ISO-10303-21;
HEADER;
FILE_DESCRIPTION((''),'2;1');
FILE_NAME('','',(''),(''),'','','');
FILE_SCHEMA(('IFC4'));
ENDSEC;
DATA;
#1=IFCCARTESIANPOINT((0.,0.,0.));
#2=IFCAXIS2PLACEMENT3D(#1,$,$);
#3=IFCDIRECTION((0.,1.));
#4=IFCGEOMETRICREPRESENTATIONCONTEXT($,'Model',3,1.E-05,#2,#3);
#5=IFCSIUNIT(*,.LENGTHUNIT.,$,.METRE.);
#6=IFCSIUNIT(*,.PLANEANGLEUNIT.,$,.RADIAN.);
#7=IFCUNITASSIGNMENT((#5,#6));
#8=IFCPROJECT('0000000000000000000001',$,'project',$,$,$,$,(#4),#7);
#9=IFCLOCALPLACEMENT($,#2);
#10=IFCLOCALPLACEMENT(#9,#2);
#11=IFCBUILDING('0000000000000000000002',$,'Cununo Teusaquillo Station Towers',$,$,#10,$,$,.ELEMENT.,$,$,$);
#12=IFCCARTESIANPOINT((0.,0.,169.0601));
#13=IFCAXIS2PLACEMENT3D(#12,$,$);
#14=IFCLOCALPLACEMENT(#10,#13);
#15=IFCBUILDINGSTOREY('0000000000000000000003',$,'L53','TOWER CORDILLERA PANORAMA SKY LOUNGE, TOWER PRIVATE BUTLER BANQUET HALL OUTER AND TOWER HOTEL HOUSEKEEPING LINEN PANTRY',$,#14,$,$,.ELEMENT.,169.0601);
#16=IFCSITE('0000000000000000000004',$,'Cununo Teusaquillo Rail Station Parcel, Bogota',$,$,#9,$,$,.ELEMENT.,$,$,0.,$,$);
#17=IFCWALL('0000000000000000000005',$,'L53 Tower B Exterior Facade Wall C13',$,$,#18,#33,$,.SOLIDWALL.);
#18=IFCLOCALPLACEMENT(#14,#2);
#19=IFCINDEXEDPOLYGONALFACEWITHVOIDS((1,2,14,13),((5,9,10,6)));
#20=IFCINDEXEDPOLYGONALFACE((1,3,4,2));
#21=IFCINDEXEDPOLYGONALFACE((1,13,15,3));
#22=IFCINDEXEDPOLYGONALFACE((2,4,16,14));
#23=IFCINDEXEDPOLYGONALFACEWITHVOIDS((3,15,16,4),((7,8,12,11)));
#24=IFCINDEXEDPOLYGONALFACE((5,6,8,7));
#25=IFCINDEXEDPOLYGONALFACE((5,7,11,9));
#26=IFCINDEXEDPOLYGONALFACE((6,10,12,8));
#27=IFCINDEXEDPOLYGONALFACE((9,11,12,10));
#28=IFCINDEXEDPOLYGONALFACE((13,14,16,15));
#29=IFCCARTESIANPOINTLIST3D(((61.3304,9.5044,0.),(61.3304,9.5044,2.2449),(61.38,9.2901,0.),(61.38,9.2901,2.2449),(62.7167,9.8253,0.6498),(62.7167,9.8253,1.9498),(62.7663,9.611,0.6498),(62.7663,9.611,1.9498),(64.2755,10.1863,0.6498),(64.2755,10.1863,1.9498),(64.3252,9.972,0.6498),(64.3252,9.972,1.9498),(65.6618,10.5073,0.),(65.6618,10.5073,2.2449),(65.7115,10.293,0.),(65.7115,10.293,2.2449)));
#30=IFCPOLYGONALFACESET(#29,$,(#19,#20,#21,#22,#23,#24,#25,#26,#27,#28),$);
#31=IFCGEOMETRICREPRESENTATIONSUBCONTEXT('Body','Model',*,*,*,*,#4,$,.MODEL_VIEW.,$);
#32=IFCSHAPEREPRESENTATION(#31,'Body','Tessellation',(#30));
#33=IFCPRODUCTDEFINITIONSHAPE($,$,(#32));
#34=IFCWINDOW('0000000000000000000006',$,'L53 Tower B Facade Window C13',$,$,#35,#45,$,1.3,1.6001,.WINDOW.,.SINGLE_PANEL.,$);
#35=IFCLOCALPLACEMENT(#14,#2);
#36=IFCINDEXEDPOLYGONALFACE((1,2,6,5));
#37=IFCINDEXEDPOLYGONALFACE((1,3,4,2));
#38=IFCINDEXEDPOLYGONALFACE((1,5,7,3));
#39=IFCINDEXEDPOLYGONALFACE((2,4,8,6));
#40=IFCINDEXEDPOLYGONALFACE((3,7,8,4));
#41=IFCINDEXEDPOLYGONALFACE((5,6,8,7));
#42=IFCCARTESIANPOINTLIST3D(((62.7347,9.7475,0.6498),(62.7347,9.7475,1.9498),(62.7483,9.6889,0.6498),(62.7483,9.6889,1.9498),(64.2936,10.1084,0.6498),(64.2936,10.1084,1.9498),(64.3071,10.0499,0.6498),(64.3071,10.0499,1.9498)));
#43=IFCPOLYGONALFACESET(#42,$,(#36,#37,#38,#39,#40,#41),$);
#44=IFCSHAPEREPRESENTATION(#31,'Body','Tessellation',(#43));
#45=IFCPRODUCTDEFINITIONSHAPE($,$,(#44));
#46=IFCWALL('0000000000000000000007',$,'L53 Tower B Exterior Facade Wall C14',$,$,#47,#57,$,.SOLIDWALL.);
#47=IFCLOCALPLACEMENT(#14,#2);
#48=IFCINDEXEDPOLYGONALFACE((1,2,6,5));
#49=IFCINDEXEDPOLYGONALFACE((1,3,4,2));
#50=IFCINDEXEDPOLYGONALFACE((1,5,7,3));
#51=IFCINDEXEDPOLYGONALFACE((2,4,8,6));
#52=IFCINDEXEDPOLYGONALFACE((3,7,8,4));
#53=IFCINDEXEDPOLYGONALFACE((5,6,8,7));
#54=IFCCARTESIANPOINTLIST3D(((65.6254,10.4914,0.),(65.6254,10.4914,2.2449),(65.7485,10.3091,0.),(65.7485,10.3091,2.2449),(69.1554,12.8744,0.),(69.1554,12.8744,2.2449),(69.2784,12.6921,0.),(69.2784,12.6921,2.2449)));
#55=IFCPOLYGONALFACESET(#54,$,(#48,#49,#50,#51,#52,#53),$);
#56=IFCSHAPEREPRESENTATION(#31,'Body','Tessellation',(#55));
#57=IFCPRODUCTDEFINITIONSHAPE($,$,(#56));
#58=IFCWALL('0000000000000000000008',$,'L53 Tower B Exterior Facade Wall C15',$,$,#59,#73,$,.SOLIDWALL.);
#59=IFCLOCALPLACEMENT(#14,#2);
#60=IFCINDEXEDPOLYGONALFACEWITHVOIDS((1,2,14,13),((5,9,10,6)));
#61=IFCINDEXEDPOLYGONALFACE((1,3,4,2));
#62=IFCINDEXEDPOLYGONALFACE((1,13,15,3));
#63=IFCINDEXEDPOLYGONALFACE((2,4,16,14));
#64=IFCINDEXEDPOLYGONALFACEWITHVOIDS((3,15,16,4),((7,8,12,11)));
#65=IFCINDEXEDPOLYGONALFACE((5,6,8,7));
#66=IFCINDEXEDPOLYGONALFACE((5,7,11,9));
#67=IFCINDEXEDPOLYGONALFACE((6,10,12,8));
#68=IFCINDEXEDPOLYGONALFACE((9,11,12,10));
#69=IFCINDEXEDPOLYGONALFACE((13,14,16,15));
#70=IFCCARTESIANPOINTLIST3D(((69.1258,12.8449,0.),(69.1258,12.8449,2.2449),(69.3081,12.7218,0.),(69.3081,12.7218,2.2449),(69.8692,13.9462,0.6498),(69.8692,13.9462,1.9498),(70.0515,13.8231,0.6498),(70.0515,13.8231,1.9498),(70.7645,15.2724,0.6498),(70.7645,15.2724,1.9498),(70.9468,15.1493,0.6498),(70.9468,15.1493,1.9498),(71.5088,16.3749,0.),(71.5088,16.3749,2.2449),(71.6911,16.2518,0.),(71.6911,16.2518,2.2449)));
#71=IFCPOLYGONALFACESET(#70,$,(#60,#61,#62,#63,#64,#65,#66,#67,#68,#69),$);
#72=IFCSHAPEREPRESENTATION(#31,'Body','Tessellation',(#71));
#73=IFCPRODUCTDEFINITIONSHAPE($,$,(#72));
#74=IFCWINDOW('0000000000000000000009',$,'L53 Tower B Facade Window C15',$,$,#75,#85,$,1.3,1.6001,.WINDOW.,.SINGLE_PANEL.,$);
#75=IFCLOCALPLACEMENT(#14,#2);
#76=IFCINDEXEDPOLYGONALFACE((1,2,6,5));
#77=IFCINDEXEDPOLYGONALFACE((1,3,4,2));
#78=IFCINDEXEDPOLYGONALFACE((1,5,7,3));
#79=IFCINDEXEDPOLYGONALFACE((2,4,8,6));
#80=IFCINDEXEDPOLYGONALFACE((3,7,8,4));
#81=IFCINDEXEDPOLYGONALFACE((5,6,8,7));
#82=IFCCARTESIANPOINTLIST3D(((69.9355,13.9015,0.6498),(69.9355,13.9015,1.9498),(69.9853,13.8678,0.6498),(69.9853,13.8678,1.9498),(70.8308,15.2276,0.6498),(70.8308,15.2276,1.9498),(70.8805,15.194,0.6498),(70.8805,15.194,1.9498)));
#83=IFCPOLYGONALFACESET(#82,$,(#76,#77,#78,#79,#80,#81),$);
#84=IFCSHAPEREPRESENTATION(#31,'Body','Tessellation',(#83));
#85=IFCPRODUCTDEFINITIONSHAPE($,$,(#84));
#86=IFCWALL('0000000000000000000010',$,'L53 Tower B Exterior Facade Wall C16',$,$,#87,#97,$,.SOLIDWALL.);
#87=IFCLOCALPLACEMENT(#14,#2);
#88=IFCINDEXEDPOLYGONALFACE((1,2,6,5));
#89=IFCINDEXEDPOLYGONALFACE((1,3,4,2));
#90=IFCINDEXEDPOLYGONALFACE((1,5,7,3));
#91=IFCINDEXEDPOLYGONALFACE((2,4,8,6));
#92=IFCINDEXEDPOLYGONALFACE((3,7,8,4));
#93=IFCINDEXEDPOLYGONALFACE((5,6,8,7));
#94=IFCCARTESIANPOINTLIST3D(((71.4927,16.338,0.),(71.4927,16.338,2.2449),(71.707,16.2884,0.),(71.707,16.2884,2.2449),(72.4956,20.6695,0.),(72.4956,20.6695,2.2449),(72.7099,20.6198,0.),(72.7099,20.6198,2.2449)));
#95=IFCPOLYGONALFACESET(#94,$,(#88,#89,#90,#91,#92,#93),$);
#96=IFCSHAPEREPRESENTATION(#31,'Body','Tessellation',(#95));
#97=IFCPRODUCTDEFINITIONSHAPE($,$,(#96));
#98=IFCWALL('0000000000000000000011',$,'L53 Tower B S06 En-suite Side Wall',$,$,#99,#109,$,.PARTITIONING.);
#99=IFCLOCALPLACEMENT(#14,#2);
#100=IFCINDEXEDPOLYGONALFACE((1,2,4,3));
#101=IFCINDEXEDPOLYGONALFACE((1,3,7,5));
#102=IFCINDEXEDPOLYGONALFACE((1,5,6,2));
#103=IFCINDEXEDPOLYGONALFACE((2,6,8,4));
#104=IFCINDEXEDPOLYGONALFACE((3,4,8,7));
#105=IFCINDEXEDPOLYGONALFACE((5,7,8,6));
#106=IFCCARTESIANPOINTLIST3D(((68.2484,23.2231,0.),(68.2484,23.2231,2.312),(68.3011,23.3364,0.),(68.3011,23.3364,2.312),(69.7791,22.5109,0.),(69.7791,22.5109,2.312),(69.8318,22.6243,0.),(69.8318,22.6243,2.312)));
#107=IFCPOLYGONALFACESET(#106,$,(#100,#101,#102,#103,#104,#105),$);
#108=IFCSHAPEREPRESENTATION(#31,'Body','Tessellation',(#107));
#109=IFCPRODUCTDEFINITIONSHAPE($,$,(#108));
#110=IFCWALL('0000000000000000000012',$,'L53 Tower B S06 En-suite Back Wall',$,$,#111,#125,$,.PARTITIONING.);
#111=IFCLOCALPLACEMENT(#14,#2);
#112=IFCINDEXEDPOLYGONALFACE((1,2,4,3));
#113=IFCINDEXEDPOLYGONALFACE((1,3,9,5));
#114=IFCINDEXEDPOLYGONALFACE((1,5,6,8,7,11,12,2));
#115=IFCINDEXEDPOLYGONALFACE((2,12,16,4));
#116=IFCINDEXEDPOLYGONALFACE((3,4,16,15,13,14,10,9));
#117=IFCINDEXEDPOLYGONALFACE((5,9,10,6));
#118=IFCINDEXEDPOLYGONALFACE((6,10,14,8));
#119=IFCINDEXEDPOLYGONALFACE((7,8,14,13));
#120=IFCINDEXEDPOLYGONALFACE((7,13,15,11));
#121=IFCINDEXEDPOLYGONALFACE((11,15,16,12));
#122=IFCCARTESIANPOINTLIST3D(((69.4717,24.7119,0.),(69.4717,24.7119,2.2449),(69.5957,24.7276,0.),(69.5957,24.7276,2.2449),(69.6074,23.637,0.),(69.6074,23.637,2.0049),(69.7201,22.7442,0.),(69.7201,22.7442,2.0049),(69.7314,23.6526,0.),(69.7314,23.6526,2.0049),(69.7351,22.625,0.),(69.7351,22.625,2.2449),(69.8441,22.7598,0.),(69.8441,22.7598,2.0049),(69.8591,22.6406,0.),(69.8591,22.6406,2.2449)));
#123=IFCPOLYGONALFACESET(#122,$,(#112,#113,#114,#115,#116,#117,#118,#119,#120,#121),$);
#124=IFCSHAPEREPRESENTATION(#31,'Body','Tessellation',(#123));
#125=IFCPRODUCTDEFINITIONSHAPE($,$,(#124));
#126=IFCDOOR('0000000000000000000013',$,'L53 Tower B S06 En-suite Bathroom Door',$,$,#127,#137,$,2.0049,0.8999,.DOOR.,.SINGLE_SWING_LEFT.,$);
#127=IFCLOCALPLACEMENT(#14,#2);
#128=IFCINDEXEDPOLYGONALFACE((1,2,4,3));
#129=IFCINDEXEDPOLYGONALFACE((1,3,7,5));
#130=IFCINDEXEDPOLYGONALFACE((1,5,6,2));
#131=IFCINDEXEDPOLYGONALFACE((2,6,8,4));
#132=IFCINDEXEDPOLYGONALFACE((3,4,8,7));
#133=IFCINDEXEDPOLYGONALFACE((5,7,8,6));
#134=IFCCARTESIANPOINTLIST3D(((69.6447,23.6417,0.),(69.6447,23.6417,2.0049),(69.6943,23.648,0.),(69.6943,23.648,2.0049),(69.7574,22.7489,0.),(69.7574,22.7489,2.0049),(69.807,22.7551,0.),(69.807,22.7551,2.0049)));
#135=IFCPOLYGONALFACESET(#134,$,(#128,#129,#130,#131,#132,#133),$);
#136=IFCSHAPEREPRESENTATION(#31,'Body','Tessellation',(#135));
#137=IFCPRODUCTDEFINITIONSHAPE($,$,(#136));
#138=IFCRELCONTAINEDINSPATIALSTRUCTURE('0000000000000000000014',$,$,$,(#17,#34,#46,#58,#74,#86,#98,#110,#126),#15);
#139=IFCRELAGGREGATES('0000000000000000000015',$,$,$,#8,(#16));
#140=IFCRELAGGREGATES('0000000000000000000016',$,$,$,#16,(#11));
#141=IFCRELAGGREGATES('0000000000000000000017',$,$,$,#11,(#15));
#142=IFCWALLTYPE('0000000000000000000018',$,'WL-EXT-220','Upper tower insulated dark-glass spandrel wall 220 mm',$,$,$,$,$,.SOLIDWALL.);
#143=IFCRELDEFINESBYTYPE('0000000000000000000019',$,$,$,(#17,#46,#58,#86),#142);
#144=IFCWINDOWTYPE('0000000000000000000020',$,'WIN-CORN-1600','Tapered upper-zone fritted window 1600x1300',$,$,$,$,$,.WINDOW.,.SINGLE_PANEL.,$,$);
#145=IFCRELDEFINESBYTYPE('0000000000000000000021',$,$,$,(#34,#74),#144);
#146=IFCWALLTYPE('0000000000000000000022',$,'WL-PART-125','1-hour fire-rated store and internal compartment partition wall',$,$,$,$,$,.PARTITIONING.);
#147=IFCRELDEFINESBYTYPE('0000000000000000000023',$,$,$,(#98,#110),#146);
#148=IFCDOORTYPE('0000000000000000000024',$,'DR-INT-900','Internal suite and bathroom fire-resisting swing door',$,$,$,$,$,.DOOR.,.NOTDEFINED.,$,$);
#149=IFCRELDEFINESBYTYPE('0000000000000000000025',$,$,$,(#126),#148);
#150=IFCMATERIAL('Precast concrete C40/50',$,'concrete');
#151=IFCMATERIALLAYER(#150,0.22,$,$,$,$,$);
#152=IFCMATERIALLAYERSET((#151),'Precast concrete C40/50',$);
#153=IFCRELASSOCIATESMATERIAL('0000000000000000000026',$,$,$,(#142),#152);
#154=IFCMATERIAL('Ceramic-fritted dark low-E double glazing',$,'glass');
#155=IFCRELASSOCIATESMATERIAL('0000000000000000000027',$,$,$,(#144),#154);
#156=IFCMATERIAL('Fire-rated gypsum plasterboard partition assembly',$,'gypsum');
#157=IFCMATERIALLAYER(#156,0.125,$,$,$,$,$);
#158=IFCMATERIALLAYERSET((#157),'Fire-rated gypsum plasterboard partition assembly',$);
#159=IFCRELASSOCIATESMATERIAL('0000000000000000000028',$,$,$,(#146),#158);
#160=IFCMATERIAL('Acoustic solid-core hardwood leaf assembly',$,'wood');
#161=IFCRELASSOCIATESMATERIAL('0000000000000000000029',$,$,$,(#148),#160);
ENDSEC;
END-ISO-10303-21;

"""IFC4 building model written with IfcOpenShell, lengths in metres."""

from ifc_helpers import new_model, si_unit, direction, frame, frame_2d, origin, place, context, subcontext, project, spatial, rectangle, extrude, source, transform, mapped, material, layer, layer_set, type_object, element, fill, save


model = new_model("IFC4")

# Units and contexts
model_context = context("Model", 3, precision=1e-05, world=origin(), true_north=direction((0.0, 1.0)))
body_context = subcontext(model_context, "Body", "Model", "MODEL_VIEW")
ifc_project = project(units=[si_unit("LENGTHUNIT", "METRE"), si_unit("PLANEANGLEUNIT", "RADIAN")], contexts=[model_context])

# Site, building, storey
site_placement = place(None, origin())
site = spatial("IfcSite", under=ifc_project, at=site_placement, Name="Cununo Teusaquillo Rail Station Parcel, Bogota", CompositionType="ELEMENT", RefElevation=0.0)
building_placement = place(site_placement, origin())
building = spatial("IfcBuilding", under=site, at=building_placement, Name="Cununo Teusaquillo Station Towers", CompositionType="ELEMENT")
storey_placement = place(building_placement, frame((0.0, 0.0, 169.0601)))
storey = spatial("IfcBuildingStorey", under=building, at=storey_placement, Name="L53", Description="TOWER CORDILLERA PANORAMA SKY LOUNGE, TOWER PRIVATE BUTLER BANQUET HALL OUTER AND TOWER HOTEL HOUSEKEEPING LINEN PANTRY", CompositionType="ELEMENT", Elevation=169.0601)

# Wall, opening, window
ifc_material_1 = material(Name="Precast concrete C40/50", Category="concrete")
ifc_layer_1 = layer(ifc_material_1, 0.22)
ifc_layer_set_1 = layer_set([ifc_layer_1], Name="Precast concrete C40/50")
wall_type_1 = type_object("IfcWallType", Name="WL-EXT-220", Description="Upper tower insulated dark-glass spandrel wall 220 mm", PredefinedType="SOLIDWALL", material=ifc_layer_set_1)
wall_1_placement = place(storey_placement, frame((65.6868, 10.4001, 0.0), z_axis=(0.0, 0.0, 1.0), x_axis=(-0.974226, -0.225573, 0.0)))
wall_1 = element("IfcWall", 1, at=wall_1_placement, inside=storey, type_object=wall_type_1, Name="L53 Tower B Exterior Facade Wall C13", PredefinedType="SOLIDWALL", context=body_context, shape_type="SweptSolid", body=[
    extrude(rectangle(XDim=4.446, YDim=0.22, at=frame_2d((2.2231, 0.0))), origin(), (0.0, 0.0, 1.0), 2.2449),
])
shared_shape_1 = source(origin(), body_context, "Body", "SweptSolid", [
    extrude(rectangle(XDim=1.6001, YDim=1.3, at=frame_2d((0.8, 0.6499))), frame((0.0, 0.1199, 0.0), z_axis=(0.0, -1.0, 0.0), x_axis=(1.0, 0.0, 0.0)), (0.0, 0.0, 1.0), 0.24),
])
opening_1_placement = place(wall_1_placement, frame((1.4231, 0.0, 0.6499)))
opening_1 = element("IfcOpeningElement", 2, at=opening_1_placement, cuts=wall_1, PredefinedType="OPENING", context=body_context, shape_type="MappedRepresentation", body=[
    mapped(shared_shape_1, transform((0.0, 0.0, 0.0), x_axis=(1.0, 0.0, 0.0), y_axis=(0.0, 1.0, 0.0), z_axis=(0.0, 0.0, 1.0), scale=1.0)),
])
ifc_material_2 = material(Name="Ceramic-fritted dark low-E double glazing", Category="glass")
window_type = type_object("IfcWindowType", Name="WIN-CORN-1600", Description="Tapered upper-zone fritted window 1600x1300", PartitioningType="SINGLE_PANEL", PredefinedType="WINDOW", material=ifc_material_2)
shared_shape_2 = source(origin(), body_context, "Body", "SweptSolid", [
    extrude(rectangle(XDim=1.6001, YDim=1.3, at=frame_2d((0.8, 0.6499))), frame((0.0, 0.03, 0.0), z_axis=(0.0, -1.0, 0.0), x_axis=(1.0, 0.0, 0.0)), (0.0, 0.0, 1.0), 0.0601),
])
window_1_placement = place(opening_1_placement, origin())
window_1 = element("IfcWindow", 3, at=window_1_placement, inside=storey, type_object=window_type, Name="L53 Tower B Facade Window C13", OverallHeight=1.3, OverallWidth=1.6001, PartitioningType="SINGLE_PANEL", PredefinedType="WINDOW", context=body_context, shape_type="MappedRepresentation", body=[
    mapped(shared_shape_2, transform((0.0, 0.0, 0.0), x_axis=(1.0, 0.0, 0.0), y_axis=(0.0, 1.0, 0.0), z_axis=(0.0, 0.0, 1.0), scale=1.0)),
])
fill(opening_1, window_1)

# Wall
wall_2_placement = place(storey_placement, frame((69.2168, 12.7832, 0.0), z_axis=(0.0, 0.0, 1.0), x_axis=(-0.828817, -0.559519, 0.0)))
element("IfcWall", 4, at=wall_2_placement, inside=storey, type_object=wall_type_1, Name="L53 Tower B Exterior Facade Wall C14", PredefinedType="SOLIDWALL", context=body_context, shape_type="SweptSolid", body=[
    extrude(rectangle(XDim=4.259, YDim=0.22, at=frame_2d((2.1294, 0.0))), origin(), (0.0, 0.0, 1.0), 2.2449),
])

# Wall, opening, window
wall_3_placement = place(storey_placement, frame((71.5999, 16.3132, 0.0), z_axis=(0.0, 0.0, 1.0), x_axis=(-0.559519, -0.828817, 0.0)))
wall_3 = element("IfcWall", 5, at=wall_3_placement, inside=storey, type_object=wall_type_1, Name="L53 Tower B Exterior Facade Wall C15", PredefinedType="SOLIDWALL", context=body_context, shape_type="SweptSolid", body=[
    extrude(rectangle(XDim=4.259, YDim=0.22, at=frame_2d((2.1294, 0.0))), origin(), (0.0, 0.0, 1.0), 2.2449),
])
opening_2_placement = place(wall_3_placement, frame((1.3301, 0.0, 0.6499)))
opening_2 = element("IfcOpeningElement", 6, at=opening_2_placement, cuts=wall_3, PredefinedType="OPENING", context=body_context, shape_type="MappedRepresentation", body=[
    mapped(shared_shape_1, transform((0.0, 0.0, 0.0), x_axis=(1.0, 0.0, 0.0), y_axis=(0.0, 1.0, 0.0), z_axis=(0.0, 0.0, 1.0), scale=1.0)),
])
window_2_placement = place(opening_2_placement, origin())
window_2 = element("IfcWindow", 7, at=window_2_placement, inside=storey, type_object=window_type, Name="L53 Tower B Facade Window C15", OverallHeight=1.3, OverallWidth=1.6001, PartitioningType="SINGLE_PANEL", PredefinedType="WINDOW", context=body_context, shape_type="MappedRepresentation", body=[
    mapped(shared_shape_2, transform((0.0, 0.0, 0.0), x_axis=(1.0, 0.0, 0.0), y_axis=(0.0, 1.0, 0.0), z_axis=(0.0, 0.0, 1.0), scale=1.0)),
])
fill(opening_2, window_2)

# Walls
wall_4_placement = place(storey_placement, frame((72.6028, 20.6448, 0.0), z_axis=(0.0, 0.0, 1.0), x_axis=(-0.225573, -0.974226, 0.0)))
element("IfcWall", 8, at=wall_4_placement, inside=storey, type_object=wall_type_1, Name="L53 Tower B Exterior Facade Wall C16", PredefinedType="SOLIDWALL", context=body_context, shape_type="SweptSolid", body=[
    extrude(rectangle(XDim=4.446, YDim=0.22, at=frame_2d((2.2231, 0.0))), origin(), (0.0, 0.0, 1.0), 2.2449),
])
ifc_material_3 = material(Name="Fire-rated gypsum plasterboard partition assembly", Category="gypsum")
ifc_layer_2 = layer(ifc_material_3, 0.125)
ifc_layer_set_2 = layer_set([ifc_layer_2], Name="Fire-rated gypsum plasterboard partition assembly")
wall_type_2 = type_object("IfcWallType", Name="WL-PART-125", Description="1-hour fire-rated store and internal compartment partition wall", PredefinedType="PARTITIONING", material=ifc_layer_set_2)
wall_5_placement = place(storey_placement, frame((68.2747, 23.2798, 0.0), z_axis=(0.0, 0.0, 1.0), x_axis=(0.906681, -0.421816, 0.0)))
element("IfcWall", 9, at=wall_5_placement, inside=storey, type_object=wall_type_2, Name="L53 Tower B S06 En-suite Side Wall", PredefinedType="PARTITIONING", context=body_context, shape_type="SweptSolid", body=[
    extrude(rectangle(XDim=1.6882, YDim=0.125, at=frame_2d((0.8442, 0.0))), origin(), (0.0, 0.0, 1.0), 2.312),
])

# Wall, opening, door
wall_6_placement = place(storey_placement, frame((69.7971, 22.6328, 0.0), z_axis=(0.0, 0.0, 1.0), x_axis=(-0.125235, 0.992127, 0.0)))
wall_6 = element("IfcWall", 10, at=wall_6_placement, inside=storey, type_object=wall_type_2, Name="L53 Tower B S06 En-suite Back Wall", PredefinedType="PARTITIONING", context=body_context, shape_type="SweptSolid", body=[
    extrude(rectangle(XDim=2.1035, YDim=0.125, at=frame_2d((1.0518, 0.0))), origin(), (0.0, 0.0, 1.0), 2.2449),
])
shared_shape_3 = source(origin(), body_context, "Body", "SweptSolid", [
    extrude(rectangle(XDim=0.8999, YDim=2.0049, at=frame_2d((0.45, 1.0024))), frame((0.0, 0.0725, 0.0), z_axis=(0.0, -1.0, 0.0), x_axis=(1.0, 0.0, 0.0)), (0.0, 0.0, 1.0), 0.145),
])
opening_3_placement = place(wall_6_placement, frame((0.1201, 0.0, 0.0)))
opening_3 = element("IfcOpeningElement", 11, at=opening_3_placement, cuts=wall_6, PredefinedType="OPENING", context=body_context, shape_type="MappedRepresentation", body=[
    mapped(shared_shape_3, transform((0.0, 0.0, 0.0), x_axis=(1.0, 0.0, 0.0), y_axis=(0.0, 1.0, 0.0), z_axis=(0.0, 0.0, 1.0), scale=1.0)),
])
ifc_material_4 = material(Name="Acoustic solid-core hardwood leaf assembly", Category="wood")
door_type_1 = type_object("IfcDoorType", Name="DR-INT-900", Description="Internal suite and bathroom fire-resisting swing door", OperationType="NOTDEFINED", PredefinedType="DOOR", material=ifc_material_4)
shared_shape_4 = source(origin(), body_context, "Body", "SweptSolid", [
    extrude(rectangle(XDim=0.8999, YDim=2.0049, at=frame_2d((0.45, 1.0024))), frame((0.0, 0.0249, 0.0), z_axis=(0.0, -1.0, 0.0), x_axis=(1.0, 0.0, 0.0)), (0.0, 0.0, 1.0), 0.05),
])
door_1_placement = place(opening_3_placement, origin())
door_1 = element("IfcDoor", 12, at=door_1_placement, inside=storey, type_object=door_type_1, Name="L53 Tower B S06 En-suite Bathroom Door", OperationType="SINGLE_SWING_LEFT", OverallHeight=2.0049, OverallWidth=0.8999, PredefinedType="DOOR", context=body_context, shape_type="MappedRepresentation", body=[
    mapped(shared_shape_4, transform((0.0, 0.0, 0.0), x_axis=(1.0, 0.0, 0.0), y_axis=(0.0, 1.0, 0.0), z_axis=(0.0, 0.0, 1.0), scale=1.0)),
])
fill(opening_3, door_1)

save(model, "model.ifc")
